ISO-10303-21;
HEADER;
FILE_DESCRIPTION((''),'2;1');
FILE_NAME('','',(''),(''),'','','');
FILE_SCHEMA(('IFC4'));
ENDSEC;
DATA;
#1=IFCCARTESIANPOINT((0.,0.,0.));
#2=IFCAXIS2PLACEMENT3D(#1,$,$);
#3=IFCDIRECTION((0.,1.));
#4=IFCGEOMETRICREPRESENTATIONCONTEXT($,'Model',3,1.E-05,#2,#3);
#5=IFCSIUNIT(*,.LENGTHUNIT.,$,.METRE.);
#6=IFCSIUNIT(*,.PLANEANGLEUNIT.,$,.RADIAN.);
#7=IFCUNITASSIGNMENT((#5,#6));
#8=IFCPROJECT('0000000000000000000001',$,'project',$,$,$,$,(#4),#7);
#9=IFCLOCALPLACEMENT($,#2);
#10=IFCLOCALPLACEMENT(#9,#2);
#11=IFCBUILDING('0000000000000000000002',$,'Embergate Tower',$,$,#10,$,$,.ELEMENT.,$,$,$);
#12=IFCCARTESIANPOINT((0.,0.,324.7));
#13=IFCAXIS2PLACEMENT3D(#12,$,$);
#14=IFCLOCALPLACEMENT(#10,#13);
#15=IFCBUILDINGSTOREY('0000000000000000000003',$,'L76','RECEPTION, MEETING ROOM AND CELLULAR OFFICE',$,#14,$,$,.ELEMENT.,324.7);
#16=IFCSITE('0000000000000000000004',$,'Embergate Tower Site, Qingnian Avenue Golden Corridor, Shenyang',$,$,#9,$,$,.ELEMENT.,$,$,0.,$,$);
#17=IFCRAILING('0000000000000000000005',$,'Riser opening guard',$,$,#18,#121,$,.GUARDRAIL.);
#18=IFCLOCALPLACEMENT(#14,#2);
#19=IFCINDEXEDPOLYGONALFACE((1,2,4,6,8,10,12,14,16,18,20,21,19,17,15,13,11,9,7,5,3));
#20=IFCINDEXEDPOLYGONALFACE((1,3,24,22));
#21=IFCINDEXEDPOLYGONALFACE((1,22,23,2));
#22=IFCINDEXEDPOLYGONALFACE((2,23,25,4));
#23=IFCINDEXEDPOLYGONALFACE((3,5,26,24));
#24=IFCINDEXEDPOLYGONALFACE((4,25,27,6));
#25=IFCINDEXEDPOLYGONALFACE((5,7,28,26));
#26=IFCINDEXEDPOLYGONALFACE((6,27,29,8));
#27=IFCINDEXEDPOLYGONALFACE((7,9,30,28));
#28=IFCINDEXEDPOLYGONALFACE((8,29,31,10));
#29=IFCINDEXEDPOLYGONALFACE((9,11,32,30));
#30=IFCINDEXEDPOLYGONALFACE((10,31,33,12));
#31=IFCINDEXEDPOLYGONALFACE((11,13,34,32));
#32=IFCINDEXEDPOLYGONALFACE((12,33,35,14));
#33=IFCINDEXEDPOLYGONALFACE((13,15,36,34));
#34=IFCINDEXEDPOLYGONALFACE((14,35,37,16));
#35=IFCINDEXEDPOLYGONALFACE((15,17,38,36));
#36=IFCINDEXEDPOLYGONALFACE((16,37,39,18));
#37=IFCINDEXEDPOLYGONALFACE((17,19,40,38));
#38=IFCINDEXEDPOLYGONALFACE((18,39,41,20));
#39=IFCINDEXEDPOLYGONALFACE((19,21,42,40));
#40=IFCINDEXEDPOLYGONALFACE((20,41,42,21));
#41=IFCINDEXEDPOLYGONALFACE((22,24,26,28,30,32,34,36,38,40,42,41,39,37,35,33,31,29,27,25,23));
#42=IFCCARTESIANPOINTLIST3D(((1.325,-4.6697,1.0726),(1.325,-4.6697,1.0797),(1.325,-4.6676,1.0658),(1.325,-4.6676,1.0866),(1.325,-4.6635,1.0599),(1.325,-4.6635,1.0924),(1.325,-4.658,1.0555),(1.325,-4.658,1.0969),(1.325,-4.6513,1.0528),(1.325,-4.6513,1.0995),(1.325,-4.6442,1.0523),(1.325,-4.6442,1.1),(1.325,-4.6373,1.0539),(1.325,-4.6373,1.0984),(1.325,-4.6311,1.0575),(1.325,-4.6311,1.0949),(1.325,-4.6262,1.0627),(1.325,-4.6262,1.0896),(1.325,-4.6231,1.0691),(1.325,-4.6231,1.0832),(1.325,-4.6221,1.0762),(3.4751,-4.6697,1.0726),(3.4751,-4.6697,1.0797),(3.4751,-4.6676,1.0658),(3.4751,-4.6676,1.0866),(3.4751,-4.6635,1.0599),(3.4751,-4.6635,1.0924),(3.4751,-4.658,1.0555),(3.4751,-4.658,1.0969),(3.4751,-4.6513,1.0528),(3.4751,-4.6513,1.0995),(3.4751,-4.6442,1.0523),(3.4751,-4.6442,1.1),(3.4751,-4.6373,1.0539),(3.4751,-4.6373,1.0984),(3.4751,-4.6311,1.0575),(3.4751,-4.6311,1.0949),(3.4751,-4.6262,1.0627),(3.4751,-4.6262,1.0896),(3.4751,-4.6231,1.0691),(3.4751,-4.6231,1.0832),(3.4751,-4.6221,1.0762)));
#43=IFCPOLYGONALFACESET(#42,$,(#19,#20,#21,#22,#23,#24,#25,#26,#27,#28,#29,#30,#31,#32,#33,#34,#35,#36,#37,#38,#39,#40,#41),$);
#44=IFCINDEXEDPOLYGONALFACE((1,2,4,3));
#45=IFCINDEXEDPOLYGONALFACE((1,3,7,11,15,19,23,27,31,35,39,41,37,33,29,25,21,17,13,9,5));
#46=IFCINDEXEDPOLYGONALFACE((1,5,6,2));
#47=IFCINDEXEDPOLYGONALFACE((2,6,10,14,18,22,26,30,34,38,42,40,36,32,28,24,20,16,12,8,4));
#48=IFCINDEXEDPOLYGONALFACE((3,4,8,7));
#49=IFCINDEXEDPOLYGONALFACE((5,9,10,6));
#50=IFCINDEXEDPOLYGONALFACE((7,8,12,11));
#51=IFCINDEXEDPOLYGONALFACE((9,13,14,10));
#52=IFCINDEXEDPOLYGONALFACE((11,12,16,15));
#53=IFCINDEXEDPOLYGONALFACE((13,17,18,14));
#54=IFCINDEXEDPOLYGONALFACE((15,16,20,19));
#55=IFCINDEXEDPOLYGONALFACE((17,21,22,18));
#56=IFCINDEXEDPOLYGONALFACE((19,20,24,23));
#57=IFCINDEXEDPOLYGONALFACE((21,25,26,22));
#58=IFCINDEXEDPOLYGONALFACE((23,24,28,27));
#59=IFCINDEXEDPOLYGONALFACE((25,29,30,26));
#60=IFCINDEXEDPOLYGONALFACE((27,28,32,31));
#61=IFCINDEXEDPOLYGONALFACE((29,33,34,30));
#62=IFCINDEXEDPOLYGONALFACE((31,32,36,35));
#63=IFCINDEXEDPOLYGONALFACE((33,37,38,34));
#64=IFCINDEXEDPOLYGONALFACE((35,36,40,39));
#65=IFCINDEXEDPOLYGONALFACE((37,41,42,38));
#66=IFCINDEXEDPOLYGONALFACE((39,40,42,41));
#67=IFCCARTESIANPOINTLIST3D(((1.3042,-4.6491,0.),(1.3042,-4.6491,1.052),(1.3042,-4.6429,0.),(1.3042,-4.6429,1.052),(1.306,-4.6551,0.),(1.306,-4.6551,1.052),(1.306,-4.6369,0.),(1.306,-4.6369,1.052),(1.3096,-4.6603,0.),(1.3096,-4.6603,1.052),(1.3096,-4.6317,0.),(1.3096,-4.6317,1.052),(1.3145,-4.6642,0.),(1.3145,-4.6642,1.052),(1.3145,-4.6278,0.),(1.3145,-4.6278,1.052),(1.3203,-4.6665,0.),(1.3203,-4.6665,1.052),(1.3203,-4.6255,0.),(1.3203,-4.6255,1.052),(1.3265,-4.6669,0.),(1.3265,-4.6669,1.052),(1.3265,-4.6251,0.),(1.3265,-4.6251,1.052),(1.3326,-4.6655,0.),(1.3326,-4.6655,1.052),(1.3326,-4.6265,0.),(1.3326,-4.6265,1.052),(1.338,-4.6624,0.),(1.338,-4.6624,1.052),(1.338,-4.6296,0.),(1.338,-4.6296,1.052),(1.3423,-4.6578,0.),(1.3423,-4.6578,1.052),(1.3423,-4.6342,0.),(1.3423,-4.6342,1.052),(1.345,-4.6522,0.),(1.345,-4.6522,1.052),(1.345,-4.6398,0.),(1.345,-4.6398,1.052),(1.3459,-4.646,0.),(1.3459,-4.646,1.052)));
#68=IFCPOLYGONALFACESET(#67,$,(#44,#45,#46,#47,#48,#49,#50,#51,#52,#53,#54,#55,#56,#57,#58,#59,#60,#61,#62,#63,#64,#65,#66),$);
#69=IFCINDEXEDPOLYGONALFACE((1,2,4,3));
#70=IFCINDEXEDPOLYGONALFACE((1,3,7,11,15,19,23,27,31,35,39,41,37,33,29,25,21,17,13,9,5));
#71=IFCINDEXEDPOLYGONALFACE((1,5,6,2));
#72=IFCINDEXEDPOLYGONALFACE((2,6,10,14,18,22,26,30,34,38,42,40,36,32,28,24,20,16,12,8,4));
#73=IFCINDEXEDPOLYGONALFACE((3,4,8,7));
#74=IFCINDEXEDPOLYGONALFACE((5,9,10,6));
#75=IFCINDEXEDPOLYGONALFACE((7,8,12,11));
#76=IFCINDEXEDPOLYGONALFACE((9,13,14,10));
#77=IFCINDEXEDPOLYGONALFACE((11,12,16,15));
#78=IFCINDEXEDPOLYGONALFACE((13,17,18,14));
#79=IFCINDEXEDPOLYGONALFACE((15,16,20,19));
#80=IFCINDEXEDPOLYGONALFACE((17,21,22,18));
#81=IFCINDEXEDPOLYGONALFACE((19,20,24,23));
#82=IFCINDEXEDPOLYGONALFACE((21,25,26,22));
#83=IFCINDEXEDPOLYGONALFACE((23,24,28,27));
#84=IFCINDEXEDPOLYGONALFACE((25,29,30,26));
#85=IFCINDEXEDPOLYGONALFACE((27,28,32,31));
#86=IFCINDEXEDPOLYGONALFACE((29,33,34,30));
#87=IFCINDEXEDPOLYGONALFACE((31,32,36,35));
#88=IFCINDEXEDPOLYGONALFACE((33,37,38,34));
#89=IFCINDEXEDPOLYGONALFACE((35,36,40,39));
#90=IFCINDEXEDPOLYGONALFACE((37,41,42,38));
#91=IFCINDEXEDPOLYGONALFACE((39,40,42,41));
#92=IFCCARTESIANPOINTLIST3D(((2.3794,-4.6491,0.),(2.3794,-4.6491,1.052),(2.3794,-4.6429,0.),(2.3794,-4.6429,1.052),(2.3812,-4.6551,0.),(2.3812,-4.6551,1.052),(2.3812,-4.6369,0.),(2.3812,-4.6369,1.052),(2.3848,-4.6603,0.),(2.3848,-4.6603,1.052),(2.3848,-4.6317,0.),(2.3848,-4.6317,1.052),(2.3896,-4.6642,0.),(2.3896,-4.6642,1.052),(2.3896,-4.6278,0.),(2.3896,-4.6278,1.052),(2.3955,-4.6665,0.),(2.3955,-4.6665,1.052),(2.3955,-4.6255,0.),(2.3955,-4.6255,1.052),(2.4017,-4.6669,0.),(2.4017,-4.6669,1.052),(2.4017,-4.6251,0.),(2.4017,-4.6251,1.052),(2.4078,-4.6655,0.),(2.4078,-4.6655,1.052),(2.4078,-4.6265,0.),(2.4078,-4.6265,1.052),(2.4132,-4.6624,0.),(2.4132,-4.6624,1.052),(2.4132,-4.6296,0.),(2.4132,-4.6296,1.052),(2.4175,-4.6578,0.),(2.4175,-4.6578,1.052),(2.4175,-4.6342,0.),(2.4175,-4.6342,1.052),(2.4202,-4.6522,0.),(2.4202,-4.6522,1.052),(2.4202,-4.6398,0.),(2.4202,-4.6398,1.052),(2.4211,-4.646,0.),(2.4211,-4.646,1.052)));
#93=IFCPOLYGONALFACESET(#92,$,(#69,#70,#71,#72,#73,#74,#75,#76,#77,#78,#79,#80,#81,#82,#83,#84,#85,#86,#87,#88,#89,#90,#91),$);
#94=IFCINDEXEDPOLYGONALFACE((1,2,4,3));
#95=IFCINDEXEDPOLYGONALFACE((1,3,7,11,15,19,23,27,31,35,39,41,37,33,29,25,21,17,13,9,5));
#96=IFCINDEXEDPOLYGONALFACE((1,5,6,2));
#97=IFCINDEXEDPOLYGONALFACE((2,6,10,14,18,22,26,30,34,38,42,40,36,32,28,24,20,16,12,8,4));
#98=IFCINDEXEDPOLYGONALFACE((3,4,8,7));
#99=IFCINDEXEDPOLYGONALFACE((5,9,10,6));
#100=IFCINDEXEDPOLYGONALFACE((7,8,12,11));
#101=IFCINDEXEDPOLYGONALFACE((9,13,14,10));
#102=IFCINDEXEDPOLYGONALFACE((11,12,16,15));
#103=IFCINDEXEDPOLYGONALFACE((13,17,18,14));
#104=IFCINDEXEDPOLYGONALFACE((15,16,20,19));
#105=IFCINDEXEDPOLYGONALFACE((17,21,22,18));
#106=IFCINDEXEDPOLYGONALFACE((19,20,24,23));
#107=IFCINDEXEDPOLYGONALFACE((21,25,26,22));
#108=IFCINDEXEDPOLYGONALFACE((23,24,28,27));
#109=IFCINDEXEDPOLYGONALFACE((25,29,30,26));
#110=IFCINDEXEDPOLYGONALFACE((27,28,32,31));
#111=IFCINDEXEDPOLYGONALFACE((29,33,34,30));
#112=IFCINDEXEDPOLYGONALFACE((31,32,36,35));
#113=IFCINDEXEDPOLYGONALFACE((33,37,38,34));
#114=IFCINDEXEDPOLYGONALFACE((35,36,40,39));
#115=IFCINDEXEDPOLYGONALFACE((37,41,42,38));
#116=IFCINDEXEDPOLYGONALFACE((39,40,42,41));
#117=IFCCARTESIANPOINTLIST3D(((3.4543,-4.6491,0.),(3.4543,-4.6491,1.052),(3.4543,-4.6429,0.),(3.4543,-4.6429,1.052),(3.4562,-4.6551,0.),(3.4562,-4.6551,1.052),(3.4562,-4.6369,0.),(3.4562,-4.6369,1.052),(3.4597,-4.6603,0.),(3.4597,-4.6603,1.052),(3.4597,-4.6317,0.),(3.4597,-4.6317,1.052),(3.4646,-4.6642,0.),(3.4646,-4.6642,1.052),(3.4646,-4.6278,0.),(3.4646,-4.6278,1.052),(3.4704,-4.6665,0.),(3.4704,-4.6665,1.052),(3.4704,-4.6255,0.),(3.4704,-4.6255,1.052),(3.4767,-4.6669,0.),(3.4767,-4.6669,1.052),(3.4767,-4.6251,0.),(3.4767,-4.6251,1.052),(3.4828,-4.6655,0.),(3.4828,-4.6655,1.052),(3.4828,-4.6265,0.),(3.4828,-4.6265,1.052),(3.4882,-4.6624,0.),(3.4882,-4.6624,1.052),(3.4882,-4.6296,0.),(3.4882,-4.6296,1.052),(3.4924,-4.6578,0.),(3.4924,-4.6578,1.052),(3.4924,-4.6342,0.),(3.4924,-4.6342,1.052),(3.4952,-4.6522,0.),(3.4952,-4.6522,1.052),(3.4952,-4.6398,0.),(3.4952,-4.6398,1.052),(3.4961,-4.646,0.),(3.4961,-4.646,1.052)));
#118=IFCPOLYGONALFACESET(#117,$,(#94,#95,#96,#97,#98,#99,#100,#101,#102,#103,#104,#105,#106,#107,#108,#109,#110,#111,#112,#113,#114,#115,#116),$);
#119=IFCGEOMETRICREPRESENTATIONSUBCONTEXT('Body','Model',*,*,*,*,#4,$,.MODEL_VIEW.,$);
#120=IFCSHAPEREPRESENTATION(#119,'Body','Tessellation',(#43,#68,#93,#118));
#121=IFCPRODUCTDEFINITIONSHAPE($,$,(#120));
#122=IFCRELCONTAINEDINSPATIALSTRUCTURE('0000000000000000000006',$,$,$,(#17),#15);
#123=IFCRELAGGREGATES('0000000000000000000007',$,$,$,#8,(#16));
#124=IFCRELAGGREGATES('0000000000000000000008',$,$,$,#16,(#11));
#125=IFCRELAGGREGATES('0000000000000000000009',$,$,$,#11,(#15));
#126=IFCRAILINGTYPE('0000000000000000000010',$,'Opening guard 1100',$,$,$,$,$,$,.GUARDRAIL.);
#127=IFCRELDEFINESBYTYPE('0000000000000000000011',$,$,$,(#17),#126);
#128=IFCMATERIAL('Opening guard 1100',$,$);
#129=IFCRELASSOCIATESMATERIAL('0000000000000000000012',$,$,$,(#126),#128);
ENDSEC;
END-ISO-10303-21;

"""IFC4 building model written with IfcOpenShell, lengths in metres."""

from ifc_helpers import new_model, si_unit, direction, frame, origin, origin_2d, place, context, subcontext, project, spatial, circle, extrude, source, transform, mapped, material, type_object, element, save


model = new_model("IFC4")

# Units and contexts
model_context = context("Model", 3, precision=1e-05, world=origin(), true_north=direction((0.0, 1.0)))
body_context = subcontext(model_context, "Body", "Model", "MODEL_VIEW")
ifc_project = project(units=[si_unit("LENGTHUNIT", "METRE"), si_unit("PLANEANGLEUNIT", "RADIAN")], contexts=[model_context])

# Site, building, storey
site_placement = place(None, origin())
site = spatial("IfcSite", under=ifc_project, at=site_placement, Name="Embergate Tower Site, Qingnian Avenue Golden Corridor, Shenyang", CompositionType="ELEMENT", RefElevation=0.0)
building_placement = place(site_placement, origin())
building = spatial("IfcBuilding", under=site, at=building_placement, Name="Embergate Tower", CompositionType="ELEMENT")
storey_placement = place(building_placement, frame((0.0, 0.0, 324.7)))
storey = spatial("IfcBuildingStorey", under=building, at=storey_placement, Name="L76", Description="RECEPTION, MEETING ROOM AND CELLULAR OFFICE", CompositionType="ELEMENT", Elevation=324.7)

# Railing
ifc_material_1 = material(Name="Opening guard 1100")
railing_type = type_object("IfcRailingType", Name="Opening guard 1100", PredefinedType="GUARDRAIL", material=ifc_material_1)
shared_shape_1 = source(origin(), body_context, "Body", "SweptSolid", [
    extrude(circle(Radius=0.0239, at=origin_2d()), frame((0.0, 0.0, 1.0762), z_axis=(1.0, 0.0, 0.0), x_axis=(0.0, 1.0, 0.0)), (0.0, 0.0, 1.0), 2.1501),
    extrude(circle(Radius=0.021, at=origin_2d()), origin(), (0.0, 0.0, 1.0), 1.052),
    extrude(circle(Radius=0.021, at=origin_2d()), frame((1.0752, 0.0, 0.0)), (0.0, 0.0, 1.0), 1.052),
    extrude(circle(Radius=0.021, at=origin_2d()), frame((2.1501, 0.0, 0.0)), (0.0, 0.0, 1.0), 1.052),
])
railing_placement = place(storey_placement, frame((1.325, -4.646, 0.0)))
element("IfcRailing", 1, at=railing_placement, inside=storey, type_object=railing_type, Name="Riser opening guard", PredefinedType="GUARDRAIL", context=body_context, shape_type="MappedRepresentation", body=[
    mapped(shared_shape_1, transform((0.0, 0.0, 0.0))),
])

save(model, "model.ifc")
